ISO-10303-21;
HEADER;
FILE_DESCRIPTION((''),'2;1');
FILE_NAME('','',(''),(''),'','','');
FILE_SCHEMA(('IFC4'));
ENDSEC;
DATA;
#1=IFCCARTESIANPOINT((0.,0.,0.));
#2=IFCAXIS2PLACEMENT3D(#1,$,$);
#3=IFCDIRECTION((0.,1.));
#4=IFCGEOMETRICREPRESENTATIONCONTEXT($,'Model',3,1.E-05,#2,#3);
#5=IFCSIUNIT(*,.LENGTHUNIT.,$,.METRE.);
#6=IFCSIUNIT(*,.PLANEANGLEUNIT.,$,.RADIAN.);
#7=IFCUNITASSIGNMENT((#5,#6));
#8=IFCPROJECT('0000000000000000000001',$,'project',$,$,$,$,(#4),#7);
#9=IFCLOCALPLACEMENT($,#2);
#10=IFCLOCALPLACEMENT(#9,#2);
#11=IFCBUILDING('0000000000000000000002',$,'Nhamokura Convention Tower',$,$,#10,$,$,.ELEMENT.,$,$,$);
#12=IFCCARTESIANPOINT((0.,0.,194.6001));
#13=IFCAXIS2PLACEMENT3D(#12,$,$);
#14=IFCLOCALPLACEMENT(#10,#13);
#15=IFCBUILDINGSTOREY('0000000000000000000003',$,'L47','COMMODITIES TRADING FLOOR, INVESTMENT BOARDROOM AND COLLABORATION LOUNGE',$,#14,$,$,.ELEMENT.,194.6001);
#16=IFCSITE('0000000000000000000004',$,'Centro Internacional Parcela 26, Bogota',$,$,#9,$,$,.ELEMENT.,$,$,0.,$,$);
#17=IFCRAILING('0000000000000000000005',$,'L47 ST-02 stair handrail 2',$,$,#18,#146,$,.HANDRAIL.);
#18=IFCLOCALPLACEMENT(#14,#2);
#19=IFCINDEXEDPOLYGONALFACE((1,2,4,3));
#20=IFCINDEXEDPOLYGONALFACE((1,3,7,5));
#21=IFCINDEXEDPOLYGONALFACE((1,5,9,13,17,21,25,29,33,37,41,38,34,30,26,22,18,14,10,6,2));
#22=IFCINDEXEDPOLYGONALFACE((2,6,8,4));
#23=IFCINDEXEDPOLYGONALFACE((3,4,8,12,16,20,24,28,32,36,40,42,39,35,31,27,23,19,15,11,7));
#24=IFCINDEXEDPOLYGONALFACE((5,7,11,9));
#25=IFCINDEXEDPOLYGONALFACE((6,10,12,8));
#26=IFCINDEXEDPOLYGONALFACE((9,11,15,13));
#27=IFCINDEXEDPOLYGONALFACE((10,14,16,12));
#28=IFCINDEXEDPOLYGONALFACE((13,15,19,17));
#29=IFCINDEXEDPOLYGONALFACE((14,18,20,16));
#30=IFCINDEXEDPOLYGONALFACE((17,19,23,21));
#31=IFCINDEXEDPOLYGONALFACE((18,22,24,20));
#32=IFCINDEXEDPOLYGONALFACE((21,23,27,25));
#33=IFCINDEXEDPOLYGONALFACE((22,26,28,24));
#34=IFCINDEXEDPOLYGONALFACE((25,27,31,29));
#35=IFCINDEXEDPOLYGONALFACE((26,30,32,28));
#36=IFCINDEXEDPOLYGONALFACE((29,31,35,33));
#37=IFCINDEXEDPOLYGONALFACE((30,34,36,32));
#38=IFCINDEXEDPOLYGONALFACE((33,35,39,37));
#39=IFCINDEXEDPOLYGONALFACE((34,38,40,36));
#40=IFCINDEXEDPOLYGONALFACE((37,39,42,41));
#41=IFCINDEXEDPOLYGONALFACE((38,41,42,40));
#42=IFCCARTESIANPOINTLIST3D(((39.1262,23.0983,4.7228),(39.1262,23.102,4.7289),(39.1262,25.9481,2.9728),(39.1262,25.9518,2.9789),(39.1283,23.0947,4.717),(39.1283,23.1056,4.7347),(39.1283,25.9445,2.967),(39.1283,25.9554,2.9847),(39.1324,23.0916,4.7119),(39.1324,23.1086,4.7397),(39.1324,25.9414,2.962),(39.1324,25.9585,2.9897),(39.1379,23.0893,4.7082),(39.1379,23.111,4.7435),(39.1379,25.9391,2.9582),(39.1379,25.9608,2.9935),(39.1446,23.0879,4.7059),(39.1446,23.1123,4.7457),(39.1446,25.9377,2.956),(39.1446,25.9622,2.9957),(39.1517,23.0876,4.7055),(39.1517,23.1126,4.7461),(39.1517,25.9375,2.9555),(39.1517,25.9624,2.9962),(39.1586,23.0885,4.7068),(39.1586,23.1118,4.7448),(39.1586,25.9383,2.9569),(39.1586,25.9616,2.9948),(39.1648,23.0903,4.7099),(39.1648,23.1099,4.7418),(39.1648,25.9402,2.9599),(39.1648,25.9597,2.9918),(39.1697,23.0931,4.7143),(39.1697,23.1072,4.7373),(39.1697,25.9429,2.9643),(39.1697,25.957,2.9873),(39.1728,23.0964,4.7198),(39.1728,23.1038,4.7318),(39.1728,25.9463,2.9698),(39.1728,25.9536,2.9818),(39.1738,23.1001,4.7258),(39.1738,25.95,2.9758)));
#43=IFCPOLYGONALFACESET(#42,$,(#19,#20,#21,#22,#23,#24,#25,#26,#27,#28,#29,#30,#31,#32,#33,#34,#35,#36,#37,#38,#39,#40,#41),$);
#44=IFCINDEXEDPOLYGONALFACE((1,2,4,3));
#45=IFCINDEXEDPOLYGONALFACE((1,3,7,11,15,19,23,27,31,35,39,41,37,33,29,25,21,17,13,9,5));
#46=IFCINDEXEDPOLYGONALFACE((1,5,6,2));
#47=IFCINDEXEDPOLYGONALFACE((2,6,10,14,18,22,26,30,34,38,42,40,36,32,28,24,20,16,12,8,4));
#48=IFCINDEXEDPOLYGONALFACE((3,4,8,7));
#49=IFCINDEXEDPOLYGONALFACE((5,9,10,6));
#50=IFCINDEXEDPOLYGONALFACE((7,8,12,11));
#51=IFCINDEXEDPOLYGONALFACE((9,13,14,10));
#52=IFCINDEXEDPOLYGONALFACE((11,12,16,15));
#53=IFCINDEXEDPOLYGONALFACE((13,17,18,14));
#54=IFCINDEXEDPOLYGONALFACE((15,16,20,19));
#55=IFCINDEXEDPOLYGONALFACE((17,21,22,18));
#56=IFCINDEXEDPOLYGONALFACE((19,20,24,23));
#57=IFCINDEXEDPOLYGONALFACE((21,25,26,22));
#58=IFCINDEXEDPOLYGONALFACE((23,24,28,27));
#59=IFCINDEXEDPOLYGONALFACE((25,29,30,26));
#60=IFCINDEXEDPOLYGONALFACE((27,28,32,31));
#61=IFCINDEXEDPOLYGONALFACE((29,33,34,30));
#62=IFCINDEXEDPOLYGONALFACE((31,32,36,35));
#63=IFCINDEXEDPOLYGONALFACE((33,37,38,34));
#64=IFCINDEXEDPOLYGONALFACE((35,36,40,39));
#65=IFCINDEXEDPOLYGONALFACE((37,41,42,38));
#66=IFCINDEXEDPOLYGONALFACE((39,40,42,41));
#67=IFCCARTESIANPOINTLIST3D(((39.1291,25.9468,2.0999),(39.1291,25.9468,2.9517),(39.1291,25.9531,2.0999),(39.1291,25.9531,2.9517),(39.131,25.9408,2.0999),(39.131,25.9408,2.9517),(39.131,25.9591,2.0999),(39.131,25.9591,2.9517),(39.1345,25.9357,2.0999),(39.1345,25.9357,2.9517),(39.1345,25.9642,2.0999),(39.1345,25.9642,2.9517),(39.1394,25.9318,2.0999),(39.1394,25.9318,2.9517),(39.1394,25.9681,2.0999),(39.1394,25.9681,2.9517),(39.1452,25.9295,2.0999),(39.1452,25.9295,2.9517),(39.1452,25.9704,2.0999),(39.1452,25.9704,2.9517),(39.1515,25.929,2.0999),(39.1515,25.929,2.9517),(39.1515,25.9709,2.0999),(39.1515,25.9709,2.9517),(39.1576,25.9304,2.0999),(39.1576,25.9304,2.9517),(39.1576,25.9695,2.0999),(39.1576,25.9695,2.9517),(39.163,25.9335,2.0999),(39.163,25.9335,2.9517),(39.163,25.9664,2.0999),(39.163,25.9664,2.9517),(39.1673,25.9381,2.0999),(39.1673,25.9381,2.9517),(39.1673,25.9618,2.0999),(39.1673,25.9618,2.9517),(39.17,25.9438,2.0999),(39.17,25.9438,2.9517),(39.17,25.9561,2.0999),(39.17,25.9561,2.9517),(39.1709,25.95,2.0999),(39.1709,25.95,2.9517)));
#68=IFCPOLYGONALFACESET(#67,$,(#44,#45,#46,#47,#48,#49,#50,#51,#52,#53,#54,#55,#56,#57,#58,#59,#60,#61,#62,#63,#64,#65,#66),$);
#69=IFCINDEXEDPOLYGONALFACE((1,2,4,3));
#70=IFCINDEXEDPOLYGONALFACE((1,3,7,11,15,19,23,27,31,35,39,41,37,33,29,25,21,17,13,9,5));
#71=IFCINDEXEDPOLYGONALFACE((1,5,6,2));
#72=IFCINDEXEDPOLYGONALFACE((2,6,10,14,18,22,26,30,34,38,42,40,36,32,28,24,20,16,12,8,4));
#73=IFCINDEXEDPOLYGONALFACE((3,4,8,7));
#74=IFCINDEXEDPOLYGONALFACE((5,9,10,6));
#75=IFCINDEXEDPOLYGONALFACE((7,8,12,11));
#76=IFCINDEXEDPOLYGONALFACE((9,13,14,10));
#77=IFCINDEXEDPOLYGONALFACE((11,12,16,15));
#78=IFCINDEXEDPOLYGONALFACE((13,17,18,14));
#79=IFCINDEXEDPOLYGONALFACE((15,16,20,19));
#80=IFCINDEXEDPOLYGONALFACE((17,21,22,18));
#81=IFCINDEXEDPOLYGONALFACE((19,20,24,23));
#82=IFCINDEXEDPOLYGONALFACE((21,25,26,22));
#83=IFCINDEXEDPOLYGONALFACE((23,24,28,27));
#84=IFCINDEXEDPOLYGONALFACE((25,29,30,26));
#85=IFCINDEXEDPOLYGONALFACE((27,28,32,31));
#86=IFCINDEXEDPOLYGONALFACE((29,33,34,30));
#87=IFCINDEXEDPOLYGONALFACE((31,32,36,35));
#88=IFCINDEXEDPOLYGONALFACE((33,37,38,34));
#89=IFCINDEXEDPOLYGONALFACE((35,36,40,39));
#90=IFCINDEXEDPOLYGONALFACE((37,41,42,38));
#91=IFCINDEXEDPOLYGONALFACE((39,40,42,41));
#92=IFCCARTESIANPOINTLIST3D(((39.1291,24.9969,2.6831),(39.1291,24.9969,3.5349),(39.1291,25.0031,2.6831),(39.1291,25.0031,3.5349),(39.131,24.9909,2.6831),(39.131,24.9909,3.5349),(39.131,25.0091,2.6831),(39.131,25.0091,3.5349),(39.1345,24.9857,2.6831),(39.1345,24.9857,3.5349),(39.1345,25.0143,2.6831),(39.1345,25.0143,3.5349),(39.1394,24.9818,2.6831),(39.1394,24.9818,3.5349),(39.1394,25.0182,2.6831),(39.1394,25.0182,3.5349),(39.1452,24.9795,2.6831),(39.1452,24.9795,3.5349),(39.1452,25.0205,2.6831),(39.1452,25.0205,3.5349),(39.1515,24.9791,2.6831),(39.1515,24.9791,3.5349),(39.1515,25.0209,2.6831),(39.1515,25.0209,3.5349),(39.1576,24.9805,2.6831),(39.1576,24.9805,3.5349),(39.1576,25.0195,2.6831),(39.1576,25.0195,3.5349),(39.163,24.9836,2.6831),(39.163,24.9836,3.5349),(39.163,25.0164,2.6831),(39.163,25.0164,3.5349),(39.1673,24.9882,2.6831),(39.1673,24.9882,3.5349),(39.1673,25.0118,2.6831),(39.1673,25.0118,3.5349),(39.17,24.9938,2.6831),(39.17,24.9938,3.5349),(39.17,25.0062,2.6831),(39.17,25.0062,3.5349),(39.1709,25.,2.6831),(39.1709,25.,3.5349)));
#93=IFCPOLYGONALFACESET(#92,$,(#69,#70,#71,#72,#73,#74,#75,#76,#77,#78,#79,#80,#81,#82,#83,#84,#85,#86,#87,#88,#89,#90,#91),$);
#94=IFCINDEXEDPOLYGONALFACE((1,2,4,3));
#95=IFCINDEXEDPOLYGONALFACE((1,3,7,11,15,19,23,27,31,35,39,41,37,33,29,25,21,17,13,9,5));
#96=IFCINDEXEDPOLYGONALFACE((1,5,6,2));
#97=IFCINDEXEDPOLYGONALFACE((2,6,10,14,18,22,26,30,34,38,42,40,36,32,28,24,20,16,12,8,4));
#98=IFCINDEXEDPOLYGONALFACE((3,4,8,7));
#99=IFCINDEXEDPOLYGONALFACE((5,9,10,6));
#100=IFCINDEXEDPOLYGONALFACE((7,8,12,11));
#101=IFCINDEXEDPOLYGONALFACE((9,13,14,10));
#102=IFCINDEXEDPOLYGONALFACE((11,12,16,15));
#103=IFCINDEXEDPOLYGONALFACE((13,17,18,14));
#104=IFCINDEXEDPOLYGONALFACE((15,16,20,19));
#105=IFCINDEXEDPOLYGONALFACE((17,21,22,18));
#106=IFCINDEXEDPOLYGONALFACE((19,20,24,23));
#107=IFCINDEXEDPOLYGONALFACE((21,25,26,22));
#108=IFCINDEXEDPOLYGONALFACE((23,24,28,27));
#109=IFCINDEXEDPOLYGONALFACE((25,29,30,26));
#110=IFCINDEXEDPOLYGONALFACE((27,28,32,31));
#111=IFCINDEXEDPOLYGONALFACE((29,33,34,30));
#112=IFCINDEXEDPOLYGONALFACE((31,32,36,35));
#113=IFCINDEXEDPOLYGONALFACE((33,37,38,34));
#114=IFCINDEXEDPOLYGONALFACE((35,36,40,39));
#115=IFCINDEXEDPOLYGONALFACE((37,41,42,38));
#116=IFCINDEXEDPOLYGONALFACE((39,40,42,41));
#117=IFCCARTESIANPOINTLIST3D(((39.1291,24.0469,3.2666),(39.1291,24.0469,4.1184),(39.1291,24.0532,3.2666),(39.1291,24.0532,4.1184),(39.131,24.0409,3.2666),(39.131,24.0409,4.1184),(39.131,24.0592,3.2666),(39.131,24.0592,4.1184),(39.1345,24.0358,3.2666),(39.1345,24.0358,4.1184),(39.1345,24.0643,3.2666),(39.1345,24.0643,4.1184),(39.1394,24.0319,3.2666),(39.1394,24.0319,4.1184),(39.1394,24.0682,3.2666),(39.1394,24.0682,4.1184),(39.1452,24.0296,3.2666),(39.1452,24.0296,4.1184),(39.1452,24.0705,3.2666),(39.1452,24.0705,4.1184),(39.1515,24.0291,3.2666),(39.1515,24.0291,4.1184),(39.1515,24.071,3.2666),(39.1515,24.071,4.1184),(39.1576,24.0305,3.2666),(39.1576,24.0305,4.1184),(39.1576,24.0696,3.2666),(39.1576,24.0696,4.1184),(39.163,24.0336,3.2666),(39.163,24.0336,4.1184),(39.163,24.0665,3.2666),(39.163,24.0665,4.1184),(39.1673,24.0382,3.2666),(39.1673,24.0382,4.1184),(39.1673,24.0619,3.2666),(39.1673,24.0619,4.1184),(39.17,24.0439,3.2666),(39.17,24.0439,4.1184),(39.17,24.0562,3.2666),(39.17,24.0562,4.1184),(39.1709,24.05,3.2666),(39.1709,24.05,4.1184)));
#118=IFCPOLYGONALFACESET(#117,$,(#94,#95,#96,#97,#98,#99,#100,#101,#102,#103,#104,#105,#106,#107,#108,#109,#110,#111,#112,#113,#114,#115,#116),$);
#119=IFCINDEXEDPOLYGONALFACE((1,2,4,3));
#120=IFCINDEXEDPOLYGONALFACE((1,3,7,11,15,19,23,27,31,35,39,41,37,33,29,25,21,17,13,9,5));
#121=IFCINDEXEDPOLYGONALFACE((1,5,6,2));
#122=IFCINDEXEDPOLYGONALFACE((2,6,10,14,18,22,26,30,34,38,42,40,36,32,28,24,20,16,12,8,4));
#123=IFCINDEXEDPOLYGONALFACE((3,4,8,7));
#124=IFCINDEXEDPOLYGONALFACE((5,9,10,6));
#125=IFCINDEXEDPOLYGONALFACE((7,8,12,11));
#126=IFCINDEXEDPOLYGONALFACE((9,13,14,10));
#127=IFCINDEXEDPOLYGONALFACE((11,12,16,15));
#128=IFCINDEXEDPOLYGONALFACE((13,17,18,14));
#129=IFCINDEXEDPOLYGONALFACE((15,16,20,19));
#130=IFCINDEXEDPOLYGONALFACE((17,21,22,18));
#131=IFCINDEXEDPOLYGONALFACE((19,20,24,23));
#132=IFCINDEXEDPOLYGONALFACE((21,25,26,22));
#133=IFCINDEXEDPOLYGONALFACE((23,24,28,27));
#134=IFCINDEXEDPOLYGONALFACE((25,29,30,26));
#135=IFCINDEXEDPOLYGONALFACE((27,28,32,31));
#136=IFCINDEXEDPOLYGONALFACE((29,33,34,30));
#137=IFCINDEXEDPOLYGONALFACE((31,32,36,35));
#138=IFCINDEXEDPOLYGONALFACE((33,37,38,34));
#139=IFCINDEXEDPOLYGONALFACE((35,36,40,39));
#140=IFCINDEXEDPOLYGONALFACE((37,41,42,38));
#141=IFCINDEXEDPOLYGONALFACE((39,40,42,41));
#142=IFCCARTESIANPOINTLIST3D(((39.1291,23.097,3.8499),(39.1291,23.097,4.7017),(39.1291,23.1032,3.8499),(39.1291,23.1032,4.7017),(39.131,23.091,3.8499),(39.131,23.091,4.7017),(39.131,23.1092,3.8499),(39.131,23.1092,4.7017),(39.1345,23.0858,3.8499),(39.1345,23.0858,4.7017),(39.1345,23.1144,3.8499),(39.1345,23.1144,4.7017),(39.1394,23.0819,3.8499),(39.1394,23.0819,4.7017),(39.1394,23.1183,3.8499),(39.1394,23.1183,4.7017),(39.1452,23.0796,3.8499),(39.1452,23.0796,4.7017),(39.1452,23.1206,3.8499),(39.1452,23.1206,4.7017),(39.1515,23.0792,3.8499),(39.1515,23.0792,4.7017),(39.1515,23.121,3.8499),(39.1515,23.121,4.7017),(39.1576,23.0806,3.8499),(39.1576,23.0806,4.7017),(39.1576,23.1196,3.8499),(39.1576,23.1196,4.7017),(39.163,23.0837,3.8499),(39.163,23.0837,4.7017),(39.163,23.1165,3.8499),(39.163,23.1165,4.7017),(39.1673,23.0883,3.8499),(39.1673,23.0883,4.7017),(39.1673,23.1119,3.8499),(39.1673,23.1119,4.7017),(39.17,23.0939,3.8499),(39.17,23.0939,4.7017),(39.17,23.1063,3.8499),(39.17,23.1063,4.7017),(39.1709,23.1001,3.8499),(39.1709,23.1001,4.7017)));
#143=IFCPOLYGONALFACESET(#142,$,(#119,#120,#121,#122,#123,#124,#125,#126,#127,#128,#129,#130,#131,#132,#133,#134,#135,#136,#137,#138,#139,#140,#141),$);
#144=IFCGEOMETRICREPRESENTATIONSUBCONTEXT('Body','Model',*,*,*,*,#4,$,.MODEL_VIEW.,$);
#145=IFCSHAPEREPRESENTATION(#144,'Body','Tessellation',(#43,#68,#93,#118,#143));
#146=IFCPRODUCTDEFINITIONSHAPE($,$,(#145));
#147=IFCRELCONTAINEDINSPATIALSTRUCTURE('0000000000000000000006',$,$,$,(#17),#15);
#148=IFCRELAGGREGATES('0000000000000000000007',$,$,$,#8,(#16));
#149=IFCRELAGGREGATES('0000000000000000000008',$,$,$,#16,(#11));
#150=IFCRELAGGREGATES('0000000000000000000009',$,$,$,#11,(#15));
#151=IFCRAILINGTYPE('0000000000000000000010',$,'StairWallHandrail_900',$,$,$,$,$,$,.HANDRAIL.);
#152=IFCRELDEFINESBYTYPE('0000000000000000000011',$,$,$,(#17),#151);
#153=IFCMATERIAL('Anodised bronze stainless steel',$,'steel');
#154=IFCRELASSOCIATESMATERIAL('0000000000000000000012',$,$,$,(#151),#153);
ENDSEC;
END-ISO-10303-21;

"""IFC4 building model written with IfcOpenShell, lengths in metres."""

from ifc_helpers import new_model, si_unit, direction, frame, origin, origin_2d, place, context, subcontext, project, spatial, circle, extrude, material, type_object, element, save


model = new_model("IFC4")

# Units and contexts
model_context = context("Model", 3, precision=1e-05, world=origin(), true_north=direction((0.0, 1.0)))
body_context = subcontext(model_context, "Body", "Model", "MODEL_VIEW")
ifc_project = project(units=[si_unit("LENGTHUNIT", "METRE"), si_unit("PLANEANGLEUNIT", "RADIAN")], contexts=[model_context])

# Site, building, storey
site_placement = place(None, origin())
site = spatial("IfcSite", under=ifc_project, at=site_placement, Name="Centro Internacional Parcela 26, Bogota", CompositionType="ELEMENT", RefElevation=0.0)
building_placement = place(site_placement, origin())
building = spatial("IfcBuilding", under=site, at=building_placement, Name="Nhamokura Convention Tower", CompositionType="ELEMENT")
storey_placement = place(building_placement, frame((0.0, 0.0, 194.6001)))
storey = spatial("IfcBuildingStorey", under=building, at=storey_placement, Name="L47", Description="COMMODITIES TRADING FLOOR, INVESTMENT BOARDROOM AND COLLABORATION LOUNGE", CompositionType="ELEMENT", Elevation=194.6001)

# Railing
ifc_material_1 = material(Name="Anodised bronze stainless steel", Category="steel")
railing_type_1 = type_object("IfcRailingType", Name="StairWallHandrail_900", PredefinedType="HANDRAIL", material=ifc_material_1)
railing_1_placement = place(storey_placement, frame((39.1499, 25.95, 2.0999)))
element("IfcRailing", 1, at=railing_1_placement, inside=storey, type_object=railing_type_1, Name="L47 ST-02 stair handrail 2", PredefinedType="HANDRAIL", context=body_context, shape_type="SweptSolid", body=[
    extrude(circle(Radius=0.0239, at=origin_2d()), frame((0.0, 0.0, 0.876), z_axis=(0.0, -0.852159, 0.523283), x_axis=(1.0, 0.0, 0.0)), (0.0, 0.0, 1.0), 3.3442),
    extrude(circle(Radius=0.021, at=origin_2d()), origin(), (0.0, 0.0, 1.0), 0.8518),
    extrude(circle(Radius=0.021, at=origin_2d()), frame((0.0, -0.95, 0.5833)), (0.0, 0.0, 1.0), 0.8518),
    extrude(circle(Radius=0.021, at=origin_2d()), frame((0.0, -1.8999, 1.1667)), (0.0, 0.0, 1.0), 0.8518),
    extrude(circle(Radius=0.021, at=origin_2d()), frame((0.0, -2.8499, 1.75)), (0.0, 0.0, 1.0), 0.8518),
])

save(model, "model.ifc")
